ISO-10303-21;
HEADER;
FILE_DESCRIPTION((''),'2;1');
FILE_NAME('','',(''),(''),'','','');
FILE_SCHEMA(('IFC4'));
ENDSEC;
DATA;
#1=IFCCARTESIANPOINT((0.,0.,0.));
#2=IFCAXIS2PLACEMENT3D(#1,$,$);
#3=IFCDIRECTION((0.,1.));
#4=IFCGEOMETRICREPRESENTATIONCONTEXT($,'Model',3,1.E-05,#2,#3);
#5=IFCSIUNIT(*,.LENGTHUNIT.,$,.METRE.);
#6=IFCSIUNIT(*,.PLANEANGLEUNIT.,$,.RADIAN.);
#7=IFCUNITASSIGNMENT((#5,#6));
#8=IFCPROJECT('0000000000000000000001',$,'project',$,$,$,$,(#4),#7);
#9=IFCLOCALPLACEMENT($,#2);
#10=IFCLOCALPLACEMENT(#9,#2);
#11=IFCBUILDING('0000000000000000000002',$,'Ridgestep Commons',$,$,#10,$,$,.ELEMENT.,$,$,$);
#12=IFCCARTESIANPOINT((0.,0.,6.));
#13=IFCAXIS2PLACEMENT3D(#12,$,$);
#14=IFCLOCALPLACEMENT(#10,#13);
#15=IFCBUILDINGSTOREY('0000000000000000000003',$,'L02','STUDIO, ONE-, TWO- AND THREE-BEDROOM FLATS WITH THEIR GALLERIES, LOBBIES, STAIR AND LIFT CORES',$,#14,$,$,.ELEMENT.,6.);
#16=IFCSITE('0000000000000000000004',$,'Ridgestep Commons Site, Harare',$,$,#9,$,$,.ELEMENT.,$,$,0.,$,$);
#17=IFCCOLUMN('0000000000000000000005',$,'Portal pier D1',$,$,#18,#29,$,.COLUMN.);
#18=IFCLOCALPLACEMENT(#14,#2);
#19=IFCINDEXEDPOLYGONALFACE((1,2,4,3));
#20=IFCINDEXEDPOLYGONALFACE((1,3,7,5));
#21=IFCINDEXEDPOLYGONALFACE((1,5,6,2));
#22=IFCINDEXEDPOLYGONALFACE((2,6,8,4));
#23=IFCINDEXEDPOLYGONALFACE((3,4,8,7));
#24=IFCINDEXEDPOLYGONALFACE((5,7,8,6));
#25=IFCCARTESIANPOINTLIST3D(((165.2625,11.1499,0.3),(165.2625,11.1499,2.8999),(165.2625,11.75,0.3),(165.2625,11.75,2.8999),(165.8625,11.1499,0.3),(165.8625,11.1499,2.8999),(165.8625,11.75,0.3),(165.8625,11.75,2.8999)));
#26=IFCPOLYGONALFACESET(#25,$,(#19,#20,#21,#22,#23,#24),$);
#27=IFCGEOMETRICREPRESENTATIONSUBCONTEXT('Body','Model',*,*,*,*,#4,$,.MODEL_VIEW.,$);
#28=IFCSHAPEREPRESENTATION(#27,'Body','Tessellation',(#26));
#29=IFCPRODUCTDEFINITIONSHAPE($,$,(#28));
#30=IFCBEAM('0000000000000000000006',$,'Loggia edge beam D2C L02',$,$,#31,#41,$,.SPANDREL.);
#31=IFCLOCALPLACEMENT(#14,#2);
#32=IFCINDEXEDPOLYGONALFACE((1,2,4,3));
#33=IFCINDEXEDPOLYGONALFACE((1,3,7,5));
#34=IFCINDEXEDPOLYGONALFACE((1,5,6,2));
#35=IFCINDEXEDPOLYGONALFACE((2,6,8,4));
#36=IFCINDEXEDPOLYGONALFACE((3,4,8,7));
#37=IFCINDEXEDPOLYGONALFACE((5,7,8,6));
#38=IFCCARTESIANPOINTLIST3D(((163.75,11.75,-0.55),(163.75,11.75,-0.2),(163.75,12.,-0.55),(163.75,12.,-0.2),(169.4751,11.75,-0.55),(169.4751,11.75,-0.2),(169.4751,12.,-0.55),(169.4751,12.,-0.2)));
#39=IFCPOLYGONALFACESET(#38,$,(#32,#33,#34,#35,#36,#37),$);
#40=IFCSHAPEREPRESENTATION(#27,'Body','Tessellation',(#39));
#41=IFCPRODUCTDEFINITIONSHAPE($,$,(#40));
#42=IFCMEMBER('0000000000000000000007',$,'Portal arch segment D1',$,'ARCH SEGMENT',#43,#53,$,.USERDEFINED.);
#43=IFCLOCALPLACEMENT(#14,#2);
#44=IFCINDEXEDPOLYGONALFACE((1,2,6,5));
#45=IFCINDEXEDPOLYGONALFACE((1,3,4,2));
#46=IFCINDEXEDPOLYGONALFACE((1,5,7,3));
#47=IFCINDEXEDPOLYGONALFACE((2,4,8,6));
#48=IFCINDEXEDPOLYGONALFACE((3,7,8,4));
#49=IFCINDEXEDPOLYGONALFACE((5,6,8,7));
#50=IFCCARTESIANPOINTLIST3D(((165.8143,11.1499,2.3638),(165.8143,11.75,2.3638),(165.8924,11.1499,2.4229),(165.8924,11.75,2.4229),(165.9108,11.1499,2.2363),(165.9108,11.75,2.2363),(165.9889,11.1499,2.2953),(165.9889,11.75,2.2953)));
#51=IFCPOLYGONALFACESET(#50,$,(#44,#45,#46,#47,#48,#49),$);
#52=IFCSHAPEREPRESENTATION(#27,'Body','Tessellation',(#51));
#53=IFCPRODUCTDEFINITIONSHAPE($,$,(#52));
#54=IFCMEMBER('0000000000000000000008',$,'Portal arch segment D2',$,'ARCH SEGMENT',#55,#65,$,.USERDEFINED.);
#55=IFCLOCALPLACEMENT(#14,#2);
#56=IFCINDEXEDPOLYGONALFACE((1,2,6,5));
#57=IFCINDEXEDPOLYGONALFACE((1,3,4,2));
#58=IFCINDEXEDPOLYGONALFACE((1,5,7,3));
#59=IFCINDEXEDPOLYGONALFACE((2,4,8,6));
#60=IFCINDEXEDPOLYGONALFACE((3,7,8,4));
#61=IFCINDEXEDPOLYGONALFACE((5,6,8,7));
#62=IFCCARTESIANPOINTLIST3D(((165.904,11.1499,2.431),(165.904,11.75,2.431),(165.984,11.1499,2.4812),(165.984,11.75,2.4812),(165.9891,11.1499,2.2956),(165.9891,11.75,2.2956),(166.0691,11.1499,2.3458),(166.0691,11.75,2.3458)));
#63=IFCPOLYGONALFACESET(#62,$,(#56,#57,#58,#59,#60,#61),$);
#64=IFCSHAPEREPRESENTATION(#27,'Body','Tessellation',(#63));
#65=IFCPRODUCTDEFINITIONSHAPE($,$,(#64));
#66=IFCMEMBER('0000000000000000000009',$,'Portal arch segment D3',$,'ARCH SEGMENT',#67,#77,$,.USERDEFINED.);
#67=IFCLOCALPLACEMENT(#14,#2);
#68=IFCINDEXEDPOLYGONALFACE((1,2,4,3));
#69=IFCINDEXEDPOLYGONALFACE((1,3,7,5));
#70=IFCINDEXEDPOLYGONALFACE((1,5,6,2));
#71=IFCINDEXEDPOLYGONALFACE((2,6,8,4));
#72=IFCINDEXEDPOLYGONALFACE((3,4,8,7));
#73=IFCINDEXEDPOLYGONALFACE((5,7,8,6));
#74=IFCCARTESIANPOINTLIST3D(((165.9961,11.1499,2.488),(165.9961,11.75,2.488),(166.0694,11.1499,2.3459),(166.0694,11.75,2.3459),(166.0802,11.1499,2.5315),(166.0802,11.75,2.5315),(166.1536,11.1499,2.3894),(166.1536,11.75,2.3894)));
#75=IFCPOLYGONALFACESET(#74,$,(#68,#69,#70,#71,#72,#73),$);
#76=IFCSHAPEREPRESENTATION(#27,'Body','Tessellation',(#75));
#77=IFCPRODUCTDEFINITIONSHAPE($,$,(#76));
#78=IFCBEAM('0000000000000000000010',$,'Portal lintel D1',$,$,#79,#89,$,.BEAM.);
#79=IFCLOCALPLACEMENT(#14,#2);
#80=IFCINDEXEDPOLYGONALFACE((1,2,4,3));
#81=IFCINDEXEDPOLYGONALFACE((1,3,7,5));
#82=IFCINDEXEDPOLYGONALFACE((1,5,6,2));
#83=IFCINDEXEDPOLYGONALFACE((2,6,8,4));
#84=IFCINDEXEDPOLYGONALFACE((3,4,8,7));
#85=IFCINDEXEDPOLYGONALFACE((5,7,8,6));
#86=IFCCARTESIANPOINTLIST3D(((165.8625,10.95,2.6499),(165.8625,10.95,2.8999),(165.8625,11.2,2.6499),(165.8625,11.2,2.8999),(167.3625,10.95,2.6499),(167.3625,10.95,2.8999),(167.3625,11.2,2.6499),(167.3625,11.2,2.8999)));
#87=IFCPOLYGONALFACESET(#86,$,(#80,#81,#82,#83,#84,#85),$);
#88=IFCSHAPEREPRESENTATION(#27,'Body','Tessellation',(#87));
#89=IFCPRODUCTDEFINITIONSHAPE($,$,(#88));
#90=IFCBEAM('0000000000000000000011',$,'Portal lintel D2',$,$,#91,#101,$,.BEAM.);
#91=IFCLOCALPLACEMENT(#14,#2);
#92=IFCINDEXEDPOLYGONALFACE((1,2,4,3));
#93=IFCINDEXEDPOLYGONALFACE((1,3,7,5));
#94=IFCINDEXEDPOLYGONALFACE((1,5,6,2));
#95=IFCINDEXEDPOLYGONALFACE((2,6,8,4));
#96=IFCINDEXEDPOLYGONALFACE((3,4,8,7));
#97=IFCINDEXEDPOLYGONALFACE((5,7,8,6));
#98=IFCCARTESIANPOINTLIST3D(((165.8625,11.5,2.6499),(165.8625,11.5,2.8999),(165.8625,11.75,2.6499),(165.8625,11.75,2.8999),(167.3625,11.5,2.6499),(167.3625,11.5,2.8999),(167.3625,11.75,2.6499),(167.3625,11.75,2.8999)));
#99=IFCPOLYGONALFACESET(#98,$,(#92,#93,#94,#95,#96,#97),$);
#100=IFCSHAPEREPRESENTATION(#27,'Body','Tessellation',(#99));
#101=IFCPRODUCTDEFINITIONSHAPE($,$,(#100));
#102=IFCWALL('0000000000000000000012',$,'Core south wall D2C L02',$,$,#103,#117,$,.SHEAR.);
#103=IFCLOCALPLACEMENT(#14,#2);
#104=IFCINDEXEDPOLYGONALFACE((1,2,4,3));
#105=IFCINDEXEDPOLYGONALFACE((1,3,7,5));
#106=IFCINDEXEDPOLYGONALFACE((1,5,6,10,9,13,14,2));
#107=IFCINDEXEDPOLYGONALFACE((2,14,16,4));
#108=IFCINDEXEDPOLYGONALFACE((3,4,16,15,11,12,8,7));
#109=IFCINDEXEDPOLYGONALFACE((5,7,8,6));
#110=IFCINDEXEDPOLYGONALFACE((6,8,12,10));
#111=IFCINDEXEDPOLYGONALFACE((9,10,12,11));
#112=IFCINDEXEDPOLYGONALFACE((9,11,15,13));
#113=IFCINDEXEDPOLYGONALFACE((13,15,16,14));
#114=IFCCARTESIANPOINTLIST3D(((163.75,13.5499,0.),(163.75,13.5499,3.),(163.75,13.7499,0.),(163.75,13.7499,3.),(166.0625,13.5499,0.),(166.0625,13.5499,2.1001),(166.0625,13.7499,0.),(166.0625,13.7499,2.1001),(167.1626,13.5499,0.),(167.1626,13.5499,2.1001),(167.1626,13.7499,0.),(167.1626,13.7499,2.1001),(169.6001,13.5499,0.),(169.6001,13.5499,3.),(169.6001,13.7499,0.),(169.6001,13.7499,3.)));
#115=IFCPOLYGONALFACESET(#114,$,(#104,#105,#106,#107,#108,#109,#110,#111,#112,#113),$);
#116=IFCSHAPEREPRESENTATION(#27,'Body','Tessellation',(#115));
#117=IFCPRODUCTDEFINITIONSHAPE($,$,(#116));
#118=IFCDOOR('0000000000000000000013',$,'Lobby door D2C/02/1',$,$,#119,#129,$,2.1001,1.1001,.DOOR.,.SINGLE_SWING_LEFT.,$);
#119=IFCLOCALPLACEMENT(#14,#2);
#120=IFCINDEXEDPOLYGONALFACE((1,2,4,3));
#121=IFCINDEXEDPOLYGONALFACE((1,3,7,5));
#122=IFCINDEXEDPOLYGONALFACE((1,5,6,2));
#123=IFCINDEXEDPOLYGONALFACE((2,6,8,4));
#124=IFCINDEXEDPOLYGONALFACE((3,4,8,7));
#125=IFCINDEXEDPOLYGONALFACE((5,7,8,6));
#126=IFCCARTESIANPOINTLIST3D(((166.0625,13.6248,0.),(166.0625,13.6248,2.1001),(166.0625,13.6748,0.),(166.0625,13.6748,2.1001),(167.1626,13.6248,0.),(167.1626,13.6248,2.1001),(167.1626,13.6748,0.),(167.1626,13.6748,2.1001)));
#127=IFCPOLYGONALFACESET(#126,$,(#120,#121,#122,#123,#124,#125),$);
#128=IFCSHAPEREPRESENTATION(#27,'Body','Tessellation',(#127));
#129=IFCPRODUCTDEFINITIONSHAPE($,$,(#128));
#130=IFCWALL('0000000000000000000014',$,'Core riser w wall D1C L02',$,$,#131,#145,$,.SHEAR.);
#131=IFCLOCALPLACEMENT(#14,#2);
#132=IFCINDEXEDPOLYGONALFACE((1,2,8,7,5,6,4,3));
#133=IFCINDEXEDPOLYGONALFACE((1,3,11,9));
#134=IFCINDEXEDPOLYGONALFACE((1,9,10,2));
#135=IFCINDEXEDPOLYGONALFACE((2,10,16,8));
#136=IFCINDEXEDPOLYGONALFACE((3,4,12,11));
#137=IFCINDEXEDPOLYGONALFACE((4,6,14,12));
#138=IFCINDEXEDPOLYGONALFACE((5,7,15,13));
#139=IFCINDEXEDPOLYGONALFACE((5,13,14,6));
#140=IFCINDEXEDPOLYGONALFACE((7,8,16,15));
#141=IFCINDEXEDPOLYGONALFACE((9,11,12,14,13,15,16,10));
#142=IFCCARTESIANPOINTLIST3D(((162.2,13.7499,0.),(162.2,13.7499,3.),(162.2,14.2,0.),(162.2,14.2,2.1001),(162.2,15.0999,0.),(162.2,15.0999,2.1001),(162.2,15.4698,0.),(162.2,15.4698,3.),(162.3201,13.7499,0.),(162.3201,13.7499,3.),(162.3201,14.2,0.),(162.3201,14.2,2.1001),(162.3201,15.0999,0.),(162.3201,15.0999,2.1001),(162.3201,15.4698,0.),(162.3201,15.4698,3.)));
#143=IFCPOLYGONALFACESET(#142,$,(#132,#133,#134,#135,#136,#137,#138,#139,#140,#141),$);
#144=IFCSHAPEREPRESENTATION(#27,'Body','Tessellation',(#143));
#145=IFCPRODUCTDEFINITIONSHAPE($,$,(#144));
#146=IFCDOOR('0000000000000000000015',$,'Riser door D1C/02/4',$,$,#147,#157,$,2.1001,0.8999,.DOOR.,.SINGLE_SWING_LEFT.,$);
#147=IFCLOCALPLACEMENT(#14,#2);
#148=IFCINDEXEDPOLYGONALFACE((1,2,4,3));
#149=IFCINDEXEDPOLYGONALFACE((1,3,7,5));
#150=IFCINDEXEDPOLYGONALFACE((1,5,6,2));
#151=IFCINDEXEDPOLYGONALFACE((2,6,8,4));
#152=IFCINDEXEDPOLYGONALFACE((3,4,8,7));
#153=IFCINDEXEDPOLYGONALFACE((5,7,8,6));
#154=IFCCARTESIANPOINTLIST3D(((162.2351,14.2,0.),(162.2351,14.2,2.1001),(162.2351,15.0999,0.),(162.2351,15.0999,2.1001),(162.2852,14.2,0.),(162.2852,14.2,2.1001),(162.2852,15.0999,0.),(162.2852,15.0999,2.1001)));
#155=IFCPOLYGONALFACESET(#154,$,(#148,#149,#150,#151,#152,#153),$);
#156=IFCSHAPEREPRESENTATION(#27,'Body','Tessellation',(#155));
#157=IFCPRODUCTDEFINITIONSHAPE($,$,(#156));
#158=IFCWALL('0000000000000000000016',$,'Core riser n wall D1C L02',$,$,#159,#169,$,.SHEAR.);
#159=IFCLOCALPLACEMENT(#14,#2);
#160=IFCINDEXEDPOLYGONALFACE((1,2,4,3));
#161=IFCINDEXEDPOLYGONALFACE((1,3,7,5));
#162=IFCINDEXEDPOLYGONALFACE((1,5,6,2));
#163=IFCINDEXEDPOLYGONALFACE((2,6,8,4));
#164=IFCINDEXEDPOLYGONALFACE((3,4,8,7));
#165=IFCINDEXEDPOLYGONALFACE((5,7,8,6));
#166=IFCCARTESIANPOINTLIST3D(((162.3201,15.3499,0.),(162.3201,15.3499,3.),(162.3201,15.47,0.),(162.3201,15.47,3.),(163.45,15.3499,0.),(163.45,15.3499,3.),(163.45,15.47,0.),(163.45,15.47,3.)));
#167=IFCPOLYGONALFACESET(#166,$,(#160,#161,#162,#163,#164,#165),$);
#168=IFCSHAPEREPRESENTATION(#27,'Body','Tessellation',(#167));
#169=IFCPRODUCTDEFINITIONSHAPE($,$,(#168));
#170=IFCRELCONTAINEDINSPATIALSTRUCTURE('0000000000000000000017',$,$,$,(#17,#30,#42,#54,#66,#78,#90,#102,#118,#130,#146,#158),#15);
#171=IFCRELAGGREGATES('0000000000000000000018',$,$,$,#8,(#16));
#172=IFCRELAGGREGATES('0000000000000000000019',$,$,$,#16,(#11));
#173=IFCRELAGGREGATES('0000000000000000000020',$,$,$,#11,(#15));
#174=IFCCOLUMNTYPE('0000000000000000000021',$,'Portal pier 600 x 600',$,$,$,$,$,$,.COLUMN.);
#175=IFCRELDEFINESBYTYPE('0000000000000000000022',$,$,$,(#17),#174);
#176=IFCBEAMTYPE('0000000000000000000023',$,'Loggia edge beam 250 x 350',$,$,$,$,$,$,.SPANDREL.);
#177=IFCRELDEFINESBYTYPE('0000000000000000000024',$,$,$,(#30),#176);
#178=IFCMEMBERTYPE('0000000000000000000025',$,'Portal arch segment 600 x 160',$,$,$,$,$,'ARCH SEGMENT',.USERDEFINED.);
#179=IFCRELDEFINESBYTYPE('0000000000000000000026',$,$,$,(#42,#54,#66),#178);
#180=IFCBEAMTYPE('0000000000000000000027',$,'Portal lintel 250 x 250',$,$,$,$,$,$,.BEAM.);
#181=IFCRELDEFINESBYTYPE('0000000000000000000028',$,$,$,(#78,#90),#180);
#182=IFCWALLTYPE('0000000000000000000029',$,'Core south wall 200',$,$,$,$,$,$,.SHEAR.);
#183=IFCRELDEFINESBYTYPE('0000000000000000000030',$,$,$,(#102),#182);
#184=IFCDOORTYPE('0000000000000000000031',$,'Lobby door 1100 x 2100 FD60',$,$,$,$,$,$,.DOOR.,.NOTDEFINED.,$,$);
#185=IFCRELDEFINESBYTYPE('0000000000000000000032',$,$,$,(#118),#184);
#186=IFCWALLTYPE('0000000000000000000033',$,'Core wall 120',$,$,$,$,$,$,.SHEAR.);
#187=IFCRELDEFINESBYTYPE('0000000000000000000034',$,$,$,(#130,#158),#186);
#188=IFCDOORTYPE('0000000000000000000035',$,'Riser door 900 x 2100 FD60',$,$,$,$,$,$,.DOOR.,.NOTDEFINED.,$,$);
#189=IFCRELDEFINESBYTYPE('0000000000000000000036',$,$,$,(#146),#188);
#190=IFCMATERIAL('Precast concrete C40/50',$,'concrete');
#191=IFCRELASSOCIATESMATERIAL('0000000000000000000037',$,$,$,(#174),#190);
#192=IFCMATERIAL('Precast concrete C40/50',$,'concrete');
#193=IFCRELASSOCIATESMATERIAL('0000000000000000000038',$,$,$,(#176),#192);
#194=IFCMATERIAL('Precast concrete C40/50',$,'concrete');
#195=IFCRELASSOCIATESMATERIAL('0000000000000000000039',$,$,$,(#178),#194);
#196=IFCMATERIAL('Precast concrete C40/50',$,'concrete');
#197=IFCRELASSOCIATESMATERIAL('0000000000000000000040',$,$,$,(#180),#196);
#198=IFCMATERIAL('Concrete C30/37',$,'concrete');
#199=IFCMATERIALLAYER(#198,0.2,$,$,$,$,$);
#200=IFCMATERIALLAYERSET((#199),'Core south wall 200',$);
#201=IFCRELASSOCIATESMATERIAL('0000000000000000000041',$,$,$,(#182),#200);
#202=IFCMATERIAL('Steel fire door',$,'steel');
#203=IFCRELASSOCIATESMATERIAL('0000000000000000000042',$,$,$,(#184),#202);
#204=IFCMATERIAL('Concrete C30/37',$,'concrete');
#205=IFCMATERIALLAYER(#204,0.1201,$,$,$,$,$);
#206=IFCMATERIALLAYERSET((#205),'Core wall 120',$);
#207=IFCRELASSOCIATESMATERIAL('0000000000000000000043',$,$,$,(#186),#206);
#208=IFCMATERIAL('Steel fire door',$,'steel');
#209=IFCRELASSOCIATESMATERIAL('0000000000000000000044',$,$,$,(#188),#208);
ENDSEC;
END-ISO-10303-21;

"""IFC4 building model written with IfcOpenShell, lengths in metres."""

from ifc_helpers import new_model, si_unit, direction, frame, frame_2d, origin, origin_2d, place, context, subcontext, project, spatial, rectangle, extrude, material, layer, layer_set, material_profile, profile_set, type_object, element, fill, save


model = new_model("IFC4")

# Units and contexts
model_context = context("Model", 3, precision=1e-05, world=origin(), true_north=direction((0.0, 1.0)))
body_context = subcontext(model_context, "Body", "Model", "MODEL_VIEW")
ifc_project = project(units=[si_unit("LENGTHUNIT", "METRE"), si_unit("PLANEANGLEUNIT", "RADIAN")], contexts=[model_context])

# Site, building, storey
site_placement = place(None, origin())
site = spatial("IfcSite", under=ifc_project, at=site_placement, Name="Ridgestep Commons Site, Harare", CompositionType="ELEMENT", RefElevation=0.0)
building_placement = place(site_placement, origin())
building = spatial("IfcBuilding", under=site, at=building_placement, Name="Ridgestep Commons", CompositionType="ELEMENT")
storey_placement = place(building_placement, frame((0.0, 0.0, 6.0)))
storey = spatial("IfcBuildingStorey", under=building, at=storey_placement, Name="L02", Description="STUDIO, ONE-, TWO- AND THREE-BEDROOM FLATS WITH THEIR GALLERIES, LOBBIES, STAIR AND LIFT CORES", CompositionType="ELEMENT", Elevation=6.0)

# Column
ifc_material_1 = material(Name="Precast concrete C40/50", Category="concrete")
ifc_material_profile_1 = material_profile(ifc_material_1, rectangle(XDim=0.6001, YDim=0.6001, at=origin_2d()), Name="PC 600x600")
ifc_profile_set_1 = profile_set([ifc_material_profile_1], Name="Precast concrete C40/50")
column_type = type_object("IfcColumnType", Name="Portal pier 600 x 600", PredefinedType="COLUMN", material=ifc_profile_set_1)
column_placement = place(storey_placement, frame((165.5625, 11.45, 0.3), z_axis=(0.0, 0.0, 1.0), x_axis=(1.0, 0.0, 0.0)))
element("IfcColumn", 1, at=column_placement, inside=storey, type_object=column_type, Name="Portal pier D1", PredefinedType="COLUMN", context=body_context, shape_type="SweptSolid", body=[
    extrude(rectangle(XDim=0.6001, YDim=0.6001, at=origin_2d()), origin(), (0.0, 0.0, 1.0), 2.5999),
])

# Beam
ifc_material_2 = material(Name="Precast concrete C40/50", Category="concrete")
ifc_material_profile_2 = material_profile(ifc_material_2, rectangle(XDim=0.25, YDim=0.3501, at=origin_2d()), Name="PC 250x350")
ifc_profile_set_2 = profile_set([ifc_material_profile_2], Name="Precast concrete C40/50")
beam_type_1 = type_object("IfcBeamType", Name="Loggia edge beam 250 x 350", PredefinedType="SPANDREL", material=ifc_profile_set_2)
beam_placement = place(storey_placement, frame((163.75, 11.875, -0.375), z_axis=(1.0, 0.0, 0.0), x_axis=(0.0, 1.0, 0.0)))
element("IfcBeam", 2, at=beam_placement, inside=storey, type_object=beam_type_1, Name="Loggia edge beam D2C L02", PredefinedType="SPANDREL", context=body_context, shape_type="SweptSolid", body=[
    extrude(rectangle(XDim=0.25, YDim=0.3501, at=origin_2d()), origin(), (0.0, 0.0, 1.0), 5.7251),
])

# Members
ifc_material_3 = material(Name="Precast concrete C40/50", Category="concrete")
ifc_material_profile_3 = material_profile(ifc_material_3, rectangle(XDim=0.6001, YDim=0.1599, at=origin_2d()), Name="Portal arch segment 600 x 160")
ifc_profile_set_3 = profile_set([ifc_material_profile_3], Name="Precast concrete C40/50")
member_type = type_object("IfcMemberType", Name="Portal arch segment 600 x 160", ElementType="ARCH SEGMENT", PredefinedType="USERDEFINED", material=ifc_profile_set_3)
member_1_placement = place(storey_placement, frame((165.8625, 11.45, 2.3), z_axis=(0.797601, 0.0, 0.603186), x_axis=(0.0, 1.0, 0.0)))
element("IfcMember", 3, at=member_1_placement, inside=storey, type_object=member_type, Name="Portal arch segment D1", ObjectType="ARCH SEGMENT", PredefinedType="USERDEFINED", context=body_context, shape_type="SweptSolid", body=[
    extrude(rectangle(XDim=0.6001, YDim=0.1599, at=origin_2d()), origin(), (0.0, 0.0, 1.0), 0.0979),
])
member_2_placement = place(storey_placement, frame((165.9465, 11.45, 2.3633), z_axis=(0.846836, 0.0, 0.531854), x_axis=(0.0, 1.0, 0.0)))
element("IfcMember", 4, at=member_2_placement, inside=storey, type_object=member_type, Name="Portal arch segment D2", ObjectType="ARCH SEGMENT", PredefinedType="USERDEFINED", context=body_context, shape_type="SweptSolid", body=[
    extrude(rectangle(XDim=0.6001, YDim=0.1599, at=origin_2d()), origin(), (0.0, 0.0, 1.0), 0.0945),
])
member_3_placement = place(storey_placement, frame((166.0327, 11.45, 2.417), z_axis=(0.888688, 0.0, 0.458512), x_axis=(0.0, 1.0, 0.0)))
element("IfcMember", 5, at=member_3_placement, inside=storey, type_object=member_type, Name="Portal arch segment D3", ObjectType="ARCH SEGMENT", PredefinedType="USERDEFINED", context=body_context, shape_type="SweptSolid", body=[
    extrude(rectangle(XDim=0.6001, YDim=0.1599, at=origin_2d()), origin(), (0.0, 0.0, 1.0), 0.0947),
])

# Beams
ifc_material_4 = material(Name="Precast concrete C40/50", Category="concrete")
ifc_material_profile_4 = material_profile(ifc_material_4, rectangle(XDim=0.25, YDim=0.25, at=origin_2d()), Name="Portal lintel 250 x 250")
ifc_profile_set_4 = profile_set([ifc_material_profile_4], Name="Precast concrete C40/50")
beam_type_2 = type_object("IfcBeamType", Name="Portal lintel 250 x 250", PredefinedType="BEAM", material=ifc_profile_set_4)
for number, where, z_axis, x_axis, name in (
    (6, (165.8625, 11.075, 2.7749), (1.0, 0.0, 0.0), (0.0, 1.0, 0.0), "Portal lintel D1"),
    (7, (165.8625, 11.625, 2.7749), (1.0, 0.0, 0.0), (0.0, 1.0, 0.0), "Portal lintel D2"),
):
    element("IfcBeam", number, at=place(storey_placement, frame(where, z_axis=z_axis, x_axis=x_axis)), inside=storey, type_object=beam_type_2, Name=name, PredefinedType="BEAM", context=body_context, shape_type="SweptSolid", body=[
        extrude(rectangle(XDim=0.25, YDim=0.25, at=origin_2d()), origin(), (0.0, 0.0, 1.0), 1.5),
    ])

# Walls, openings, doors
ifc_material_5 = material(Name="Concrete C30/37", Category="concrete")
ifc_layer_1 = layer(ifc_material_5, 0.2)
ifc_layer_set_1 = layer_set([ifc_layer_1], Name="Core south wall 200")
wall_type_1 = type_object("IfcWallType", Name="Core south wall 200", PredefinedType="SHEAR", material=ifc_layer_set_1)
wall_1_placement = place(storey_placement, frame((163.75, 13.6499, 0.0), z_axis=(0.0, 0.0, 1.0), x_axis=(1.0, 0.0, 0.0)))
wall_1 = element("IfcWall", 8, at=wall_1_placement, inside=storey, type_object=wall_type_1, Name="Core south wall D2C L02", PredefinedType="SHEAR", context=body_context, shape_type="SweptSolid", body=[
    extrude(rectangle(XDim=5.8501, YDim=0.2, at=frame_2d((2.925, 0.0))), origin(), (0.0, 0.0, 1.0), 3.0),
])
opening_1_placement = place(wall_1_placement, frame((2.3125, 0.0, 0.0)))
opening_1 = element("IfcOpeningElement", 9, at=opening_1_placement, cuts=wall_1, PredefinedType="OPENING", context=body_context, shape_type="SweptSolid", body=[
    extrude(rectangle(XDim=1.1001, YDim=2.1001, at=frame_2d((0.55, 1.05))), frame((0.0, 0.1099, 0.0), z_axis=(0.0, -1.0, 0.0), x_axis=(1.0, 0.0, 0.0)), (0.0, 0.0, 1.0), 0.22),
])
ifc_material_6 = material(Name="Steel fire door", Category="steel")
door_type_1 = type_object("IfcDoorType", Name="Lobby door 1100 x 2100 FD60", OperationType="NOTDEFINED", PredefinedType="DOOR", material=ifc_material_6)
door_1_placement = place(opening_1_placement, origin())
door_1 = element("IfcDoor", 10, at=door_1_placement, inside=storey, type_object=door_type_1, Name="Lobby door D2C/02/1", OperationType="SINGLE_SWING_LEFT", OverallHeight=2.1001, OverallWidth=1.1001, PredefinedType="DOOR", context=body_context, shape_type="SweptSolid", body=[
    extrude(rectangle(XDim=1.1001, YDim=2.1001, at=frame_2d((0.55, 1.05))), frame((0.0, 0.0249, 0.0), z_axis=(0.0, -1.0, 0.0), x_axis=(1.0, 0.0, 0.0)), (0.0, 0.0, 1.0), 0.05),
])
fill(opening_1, door_1)
ifc_material_7 = material(Name="Concrete C30/37", Category="concrete")
ifc_layer_2 = layer(ifc_material_7, 0.1201)
ifc_layer_set_2 = layer_set([ifc_layer_2], Name="Core wall 120")
wall_type_2 = type_object("IfcWallType", Name="Core wall 120", PredefinedType="SHEAR", material=ifc_layer_set_2)
wall_2_placement = place(storey_placement, frame((162.26, 13.75, 0.0), z_axis=(0.0, 0.0, 1.0), x_axis=(0.0, 1.0, 0.0)))
wall_2 = element("IfcWall", 11, at=wall_2_placement, inside=storey, type_object=wall_type_2, Name="Core riser w wall D1C L02", PredefinedType="SHEAR", context=body_context, shape_type="SweptSolid", body=[
    extrude(rectangle(XDim=1.72, YDim=0.1201, at=frame_2d((0.8599, 0.0))), origin(), (0.0, 0.0, 1.0), 3.0),
])
opening_2_placement = place(wall_2_placement, frame((0.45, 0.0, 0.0)))
opening_2 = element("IfcOpeningElement", 12, at=opening_2_placement, cuts=wall_2, PredefinedType="OPENING", context=body_context, shape_type="SweptSolid", body=[
    extrude(rectangle(XDim=0.8999, YDim=2.1001, at=frame_2d((0.45, 1.05))), frame((0.0, 0.0701, 0.0), z_axis=(0.0, -1.0, 0.0), x_axis=(1.0, 0.0, 0.0)), (0.0, 0.0, 1.0), 0.1401),
])
ifc_material_8 = material(Name="Steel fire door", Category="steel")
door_type_2 = type_object("IfcDoorType", Name="Riser door 900 x 2100 FD60", OperationType="NOTDEFINED", PredefinedType="DOOR", material=ifc_material_8)
door_2_placement = place(opening_2_placement, origin())
door_2 = element("IfcDoor", 13, at=door_2_placement, inside=storey, type_object=door_type_2, Name="Riser door D1C/02/4", OperationType="SINGLE_SWING_LEFT", OverallHeight=2.1001, OverallWidth=0.8999, PredefinedType="DOOR", context=body_context, shape_type="SweptSolid", body=[
    extrude(rectangle(XDim=0.8999, YDim=2.1001, at=frame_2d((0.45, 1.05))), frame((0.0, 0.0249, 0.0), z_axis=(0.0, -1.0, 0.0), x_axis=(1.0, 0.0, 0.0)), (0.0, 0.0, 1.0), 0.05),
])
fill(opening_2, door_2)

# Wall
wall_3_placement = place(storey_placement, frame((162.3201, 15.4099, 0.0), z_axis=(0.0, 0.0, 1.0), x_axis=(1.0, 0.0, 0.0)))
element("IfcWall", 14, at=wall_3_placement, inside=storey, type_object=wall_type_2, Name="Core riser n wall D1C L02", PredefinedType="SHEAR", context=body_context, shape_type="SweptSolid", body=[
    extrude(rectangle(XDim=1.1299, YDim=0.1201, at=frame_2d((0.5649, 0.0))), origin(), (0.0, 0.0, 1.0), 3.0),
])

save(model, "model.ifc")
